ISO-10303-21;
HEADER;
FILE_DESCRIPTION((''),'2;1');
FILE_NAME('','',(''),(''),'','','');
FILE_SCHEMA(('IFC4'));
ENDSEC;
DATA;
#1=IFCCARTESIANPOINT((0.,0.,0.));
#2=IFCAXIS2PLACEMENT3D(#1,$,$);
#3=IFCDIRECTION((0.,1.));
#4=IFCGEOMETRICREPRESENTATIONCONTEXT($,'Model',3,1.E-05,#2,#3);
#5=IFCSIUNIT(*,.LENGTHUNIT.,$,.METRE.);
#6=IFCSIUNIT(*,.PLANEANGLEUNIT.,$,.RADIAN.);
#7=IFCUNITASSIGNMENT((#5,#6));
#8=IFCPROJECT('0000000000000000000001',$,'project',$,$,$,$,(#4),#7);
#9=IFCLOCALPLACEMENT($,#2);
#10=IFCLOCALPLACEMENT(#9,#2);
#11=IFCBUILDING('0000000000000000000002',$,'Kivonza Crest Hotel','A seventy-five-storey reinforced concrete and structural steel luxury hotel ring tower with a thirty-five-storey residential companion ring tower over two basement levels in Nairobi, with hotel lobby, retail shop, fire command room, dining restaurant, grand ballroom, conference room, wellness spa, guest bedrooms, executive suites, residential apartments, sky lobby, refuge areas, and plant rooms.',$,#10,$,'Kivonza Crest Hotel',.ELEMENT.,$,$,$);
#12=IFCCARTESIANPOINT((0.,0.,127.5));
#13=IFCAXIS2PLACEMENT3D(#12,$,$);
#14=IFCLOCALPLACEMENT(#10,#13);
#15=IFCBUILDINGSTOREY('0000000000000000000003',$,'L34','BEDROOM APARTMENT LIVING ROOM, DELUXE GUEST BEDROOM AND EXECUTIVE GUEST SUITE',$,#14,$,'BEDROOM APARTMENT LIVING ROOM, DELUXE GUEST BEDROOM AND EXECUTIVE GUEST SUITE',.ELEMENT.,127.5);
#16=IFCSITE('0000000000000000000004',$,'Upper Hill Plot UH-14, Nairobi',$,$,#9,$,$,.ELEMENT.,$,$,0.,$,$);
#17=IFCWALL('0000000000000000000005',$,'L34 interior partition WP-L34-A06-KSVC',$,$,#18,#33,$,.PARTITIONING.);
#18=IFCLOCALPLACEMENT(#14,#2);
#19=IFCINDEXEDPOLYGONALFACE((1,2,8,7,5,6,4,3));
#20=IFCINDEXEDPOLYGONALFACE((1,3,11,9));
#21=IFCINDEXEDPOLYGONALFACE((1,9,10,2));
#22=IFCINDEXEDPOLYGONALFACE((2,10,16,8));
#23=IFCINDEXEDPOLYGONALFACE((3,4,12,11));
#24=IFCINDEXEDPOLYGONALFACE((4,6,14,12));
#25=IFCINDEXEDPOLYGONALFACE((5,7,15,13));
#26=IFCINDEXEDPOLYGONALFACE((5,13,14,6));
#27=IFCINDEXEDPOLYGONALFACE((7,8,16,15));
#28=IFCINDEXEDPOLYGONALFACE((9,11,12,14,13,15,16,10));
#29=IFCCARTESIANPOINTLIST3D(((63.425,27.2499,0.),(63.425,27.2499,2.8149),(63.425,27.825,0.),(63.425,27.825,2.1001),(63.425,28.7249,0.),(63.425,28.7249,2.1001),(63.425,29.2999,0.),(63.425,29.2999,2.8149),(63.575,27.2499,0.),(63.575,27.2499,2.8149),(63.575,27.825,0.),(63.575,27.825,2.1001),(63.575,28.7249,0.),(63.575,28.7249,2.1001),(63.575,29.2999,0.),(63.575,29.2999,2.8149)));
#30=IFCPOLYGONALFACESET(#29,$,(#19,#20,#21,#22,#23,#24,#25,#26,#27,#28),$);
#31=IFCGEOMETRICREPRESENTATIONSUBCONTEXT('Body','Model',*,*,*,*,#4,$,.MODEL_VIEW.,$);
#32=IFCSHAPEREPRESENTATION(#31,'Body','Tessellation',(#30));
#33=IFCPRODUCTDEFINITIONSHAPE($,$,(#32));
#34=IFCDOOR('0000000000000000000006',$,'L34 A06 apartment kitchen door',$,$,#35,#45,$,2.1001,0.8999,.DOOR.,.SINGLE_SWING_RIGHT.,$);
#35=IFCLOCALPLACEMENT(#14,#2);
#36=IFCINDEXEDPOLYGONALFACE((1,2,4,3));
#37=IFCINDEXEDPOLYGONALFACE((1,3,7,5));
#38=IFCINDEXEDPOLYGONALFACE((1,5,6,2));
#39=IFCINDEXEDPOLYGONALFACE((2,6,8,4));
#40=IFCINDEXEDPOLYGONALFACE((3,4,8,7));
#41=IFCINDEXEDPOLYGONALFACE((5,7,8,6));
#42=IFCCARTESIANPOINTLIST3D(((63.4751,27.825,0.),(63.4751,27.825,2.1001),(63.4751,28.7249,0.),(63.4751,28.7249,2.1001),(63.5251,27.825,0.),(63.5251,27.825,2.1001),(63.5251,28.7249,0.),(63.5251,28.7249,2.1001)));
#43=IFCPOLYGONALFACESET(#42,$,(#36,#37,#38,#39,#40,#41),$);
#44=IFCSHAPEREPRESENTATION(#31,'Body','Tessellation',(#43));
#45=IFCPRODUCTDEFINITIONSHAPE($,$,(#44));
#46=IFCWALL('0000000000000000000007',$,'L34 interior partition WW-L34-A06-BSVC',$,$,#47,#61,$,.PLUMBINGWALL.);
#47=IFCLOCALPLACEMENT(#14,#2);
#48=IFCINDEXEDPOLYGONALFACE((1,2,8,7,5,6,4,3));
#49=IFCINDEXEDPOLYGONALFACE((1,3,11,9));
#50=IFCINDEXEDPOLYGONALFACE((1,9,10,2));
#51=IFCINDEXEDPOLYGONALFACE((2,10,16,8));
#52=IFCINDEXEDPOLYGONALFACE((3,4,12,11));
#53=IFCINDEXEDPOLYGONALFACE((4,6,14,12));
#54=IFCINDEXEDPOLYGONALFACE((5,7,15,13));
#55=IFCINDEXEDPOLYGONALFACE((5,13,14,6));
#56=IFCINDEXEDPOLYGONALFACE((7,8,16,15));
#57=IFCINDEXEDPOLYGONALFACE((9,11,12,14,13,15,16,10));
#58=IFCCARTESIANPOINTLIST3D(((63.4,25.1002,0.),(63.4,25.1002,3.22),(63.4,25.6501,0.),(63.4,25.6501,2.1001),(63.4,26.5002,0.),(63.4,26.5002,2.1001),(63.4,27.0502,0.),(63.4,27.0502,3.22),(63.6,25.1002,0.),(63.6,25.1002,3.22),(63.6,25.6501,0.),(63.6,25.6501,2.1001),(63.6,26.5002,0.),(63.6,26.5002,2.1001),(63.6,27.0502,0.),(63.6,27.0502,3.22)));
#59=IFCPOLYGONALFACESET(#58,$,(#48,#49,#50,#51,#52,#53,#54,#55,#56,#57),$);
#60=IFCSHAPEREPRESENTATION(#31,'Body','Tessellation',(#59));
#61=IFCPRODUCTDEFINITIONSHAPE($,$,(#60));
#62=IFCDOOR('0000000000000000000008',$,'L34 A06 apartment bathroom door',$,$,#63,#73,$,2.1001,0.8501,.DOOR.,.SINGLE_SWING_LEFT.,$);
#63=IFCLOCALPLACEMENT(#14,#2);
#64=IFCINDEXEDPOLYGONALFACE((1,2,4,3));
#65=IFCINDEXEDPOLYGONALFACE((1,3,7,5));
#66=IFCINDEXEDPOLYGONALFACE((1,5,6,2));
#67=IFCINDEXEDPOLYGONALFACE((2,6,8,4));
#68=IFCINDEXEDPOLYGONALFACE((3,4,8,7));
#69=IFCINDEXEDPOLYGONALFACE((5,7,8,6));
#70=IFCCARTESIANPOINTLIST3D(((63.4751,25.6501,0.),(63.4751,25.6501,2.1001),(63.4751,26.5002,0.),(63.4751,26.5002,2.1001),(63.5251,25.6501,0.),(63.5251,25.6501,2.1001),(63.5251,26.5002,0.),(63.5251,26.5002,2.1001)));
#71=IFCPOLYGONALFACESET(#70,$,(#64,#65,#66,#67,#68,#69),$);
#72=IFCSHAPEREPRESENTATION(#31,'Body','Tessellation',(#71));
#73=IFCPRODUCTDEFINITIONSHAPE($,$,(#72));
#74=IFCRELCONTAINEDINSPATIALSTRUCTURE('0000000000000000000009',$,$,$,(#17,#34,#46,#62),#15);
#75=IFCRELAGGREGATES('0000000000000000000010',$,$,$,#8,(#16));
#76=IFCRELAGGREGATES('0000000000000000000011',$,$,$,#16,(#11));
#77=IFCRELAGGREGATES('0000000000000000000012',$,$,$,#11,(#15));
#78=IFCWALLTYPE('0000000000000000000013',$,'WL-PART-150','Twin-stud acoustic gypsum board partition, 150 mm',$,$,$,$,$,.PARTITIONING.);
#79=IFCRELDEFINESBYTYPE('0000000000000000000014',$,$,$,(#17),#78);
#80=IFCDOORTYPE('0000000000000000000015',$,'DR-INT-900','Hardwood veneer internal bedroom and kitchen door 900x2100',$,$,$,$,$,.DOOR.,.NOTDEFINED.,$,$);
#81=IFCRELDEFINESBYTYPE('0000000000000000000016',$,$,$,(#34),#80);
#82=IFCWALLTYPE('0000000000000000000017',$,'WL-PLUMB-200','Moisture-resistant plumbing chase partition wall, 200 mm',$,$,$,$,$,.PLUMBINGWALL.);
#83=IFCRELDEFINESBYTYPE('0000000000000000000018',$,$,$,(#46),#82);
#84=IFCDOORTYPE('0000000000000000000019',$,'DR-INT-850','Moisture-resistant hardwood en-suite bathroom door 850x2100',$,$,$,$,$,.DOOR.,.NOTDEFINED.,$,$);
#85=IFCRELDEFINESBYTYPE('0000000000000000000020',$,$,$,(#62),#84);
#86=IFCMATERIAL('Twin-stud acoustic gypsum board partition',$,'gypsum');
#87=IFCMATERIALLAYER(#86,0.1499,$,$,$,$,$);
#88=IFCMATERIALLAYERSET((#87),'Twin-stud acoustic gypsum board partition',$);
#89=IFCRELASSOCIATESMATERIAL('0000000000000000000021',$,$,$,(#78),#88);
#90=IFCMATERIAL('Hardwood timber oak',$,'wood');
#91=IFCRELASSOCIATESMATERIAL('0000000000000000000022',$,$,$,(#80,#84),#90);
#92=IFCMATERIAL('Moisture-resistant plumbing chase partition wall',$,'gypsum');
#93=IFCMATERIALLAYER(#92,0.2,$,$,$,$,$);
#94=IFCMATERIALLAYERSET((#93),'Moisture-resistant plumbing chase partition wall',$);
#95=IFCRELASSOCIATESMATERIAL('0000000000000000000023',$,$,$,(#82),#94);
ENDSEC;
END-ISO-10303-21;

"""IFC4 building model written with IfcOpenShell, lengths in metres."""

from ifc_helpers import new_model, si_unit, direction, frame, frame_2d, origin, place, context, subcontext, project, spatial, rectangle, extrude, material, layer, layer_set, type_object, element, fill, save


model = new_model("IFC4")

# Units and contexts
model_context = context("Model", 3, precision=1e-05, world=origin(), true_north=direction((0.0, 1.0)))
body_context = subcontext(model_context, "Body", "Model", "MODEL_VIEW")
ifc_project = project(units=[si_unit("LENGTHUNIT", "METRE"), si_unit("PLANEANGLEUNIT", "RADIAN")], contexts=[model_context])

# Site, building, storey
site_placement = place(None, origin())
site = spatial("IfcSite", under=ifc_project, at=site_placement, Name="Upper Hill Plot UH-14, Nairobi", CompositionType="ELEMENT", RefElevation=0.0)
building_placement = place(site_placement, origin())
building = spatial("IfcBuilding", under=site, at=building_placement, Name="Kivonza Crest Hotel", Description="A seventy-five-storey reinforced concrete and structural steel luxury hotel ring tower with a thirty-five-storey residential companion ring tower over two basement levels in Nairobi, with hotel lobby, retail shop, fire command room, dining restaurant, grand ballroom, conference room, wellness spa, guest bedrooms, executive suites, residential apartments, sky lobby, refuge areas, and plant rooms.", LongName="Kivonza Crest Hotel", CompositionType="ELEMENT")
storey_placement = place(building_placement, frame((0.0, 0.0, 127.5)))
storey = spatial("IfcBuildingStorey", under=building, at=storey_placement, Name="L34", Description="BEDROOM APARTMENT LIVING ROOM, DELUXE GUEST BEDROOM AND EXECUTIVE GUEST SUITE", LongName="BEDROOM APARTMENT LIVING ROOM, DELUXE GUEST BEDROOM AND EXECUTIVE GUEST SUITE", CompositionType="ELEMENT", Elevation=127.5)

# Walls, openings, doors
ifc_material_1 = material(Name="Twin-stud acoustic gypsum board partition", Category="gypsum")
ifc_layer_1 = layer(ifc_material_1, 0.1499)
ifc_layer_set_1 = layer_set([ifc_layer_1], Name="Twin-stud acoustic gypsum board partition")
wall_type_1 = type_object("IfcWallType", Name="WL-PART-150", Description="Twin-stud acoustic gypsum board partition, 150 mm", PredefinedType="PARTITIONING", material=ifc_layer_set_1)
ifc_material_2 = material(Name="Hardwood timber oak", Category="wood")
door_type_1 = type_object("IfcDoorType", Name="DR-INT-900", Description="Hardwood veneer internal bedroom and kitchen door 900x2100", OperationType="NOTDEFINED", PredefinedType="DOOR", material=ifc_material_2)
wall_1_placement = place(storey_placement, frame((63.5, 27.25, 0.0), z_axis=(0.0, 0.0, 1.0), x_axis=(0.0, 1.0, 0.0)))
wall_1 = element("IfcWall", 1, at=wall_1_placement, inside=storey, type_object=wall_type_1, Name="L34 interior partition WP-L34-A06-KSVC", PredefinedType="PARTITIONING", context=body_context, shape_type="SweptSolid", body=[
    extrude(rectangle(XDim=2.05, YDim=0.1499, at=frame_2d((1.0249, 0.0))), origin(), (0.0, 0.0, 1.0), 2.8149),
])
opening_1_placement = place(wall_1_placement, frame((0.575, 0.0, 0.0)))
opening_1 = element("IfcOpeningElement", 2, at=opening_1_placement, cuts=wall_1, PredefinedType="OPENING", context=body_context, shape_type="SweptSolid", body=[
    extrude(rectangle(XDim=0.8999, YDim=2.1001, at=frame_2d((0.45, 1.05))), frame((0.0, 0.085, 0.0), z_axis=(0.0, -1.0, 0.0), x_axis=(1.0, 0.0, 0.0)), (0.0, 0.0, 1.0), 0.1699),
])
door_1_placement = place(opening_1_placement, origin())
door_1 = element("IfcDoor", 3, at=door_1_placement, inside=storey, type_object=door_type_1, Name="L34 A06 apartment kitchen door", OperationType="SINGLE_SWING_RIGHT", OverallHeight=2.1001, OverallWidth=0.8999, PredefinedType="DOOR", context=body_context, shape_type="SweptSolid", body=[
    extrude(rectangle(XDim=0.8999, YDim=2.1001, at=frame_2d((0.45, 1.05))), frame((0.0, 0.0249, 0.0), z_axis=(0.0, -1.0, 0.0), x_axis=(1.0, 0.0, 0.0)), (0.0, 0.0, 1.0), 0.05),
])
fill(opening_1, door_1)
ifc_material_3 = material(Name="Moisture-resistant plumbing chase partition wall", Category="gypsum")
ifc_layer_2 = layer(ifc_material_3, 0.2)
ifc_layer_set_2 = layer_set([ifc_layer_2], Name="Moisture-resistant plumbing chase partition wall")
wall_type_2 = type_object("IfcWallType", Name="WL-PLUMB-200", Description="Moisture-resistant plumbing chase partition wall, 200 mm", PredefinedType="PLUMBINGWALL", material=ifc_layer_set_2)
wall_2_placement = place(storey_placement, frame((63.5, 25.1001, 0.0), z_axis=(0.0, 0.0, 1.0), x_axis=(0.0, 1.0, 0.0)))
wall_2 = element("IfcWall", 4, at=wall_2_placement, inside=storey, type_object=wall_type_2, Name="L34 interior partition WW-L34-A06-BSVC", PredefinedType="PLUMBINGWALL", context=body_context, shape_type="SweptSolid", body=[
    extrude(rectangle(XDim=1.95, YDim=0.2, at=frame_2d((0.9751, 0.0))), origin(), (0.0, 0.0, 1.0), 3.22),
])
opening_2_placement = place(wall_2_placement, frame((0.55, 0.0, 0.0)))
opening_2 = element("IfcOpeningElement", 5, at=opening_2_placement, cuts=wall_2, PredefinedType="OPENING", context=body_context, shape_type="SweptSolid", body=[
    extrude(rectangle(XDim=0.8501, YDim=2.1001, at=frame_2d((0.425, 1.05))), frame((0.0, 0.1099, 0.0), z_axis=(0.0, -1.0, 0.0), x_axis=(1.0, 0.0, 0.0)), (0.0, 0.0, 1.0), 0.22),
])
door_type_2 = type_object("IfcDoorType", Name="DR-INT-850", Description="Moisture-resistant hardwood en-suite bathroom door 850x2100", OperationType="NOTDEFINED", PredefinedType="DOOR", material=ifc_material_2)
door_2_placement = place(opening_2_placement, origin())
door_2 = element("IfcDoor", 6, at=door_2_placement, inside=storey, type_object=door_type_2, Name="L34 A06 apartment bathroom door", OperationType="SINGLE_SWING_LEFT", OverallHeight=2.1001, OverallWidth=0.8501, PredefinedType="DOOR", context=body_context, shape_type="SweptSolid", body=[
    extrude(rectangle(XDim=0.8501, YDim=2.1001, at=frame_2d((0.425, 1.05))), frame((0.0, 0.0249, 0.0), z_axis=(0.0, -1.0, 0.0), x_axis=(1.0, 0.0, 0.0)), (0.0, 0.0, 1.0), 0.05),
])
fill(opening_2, door_2)

save(model, "model.ifc")
